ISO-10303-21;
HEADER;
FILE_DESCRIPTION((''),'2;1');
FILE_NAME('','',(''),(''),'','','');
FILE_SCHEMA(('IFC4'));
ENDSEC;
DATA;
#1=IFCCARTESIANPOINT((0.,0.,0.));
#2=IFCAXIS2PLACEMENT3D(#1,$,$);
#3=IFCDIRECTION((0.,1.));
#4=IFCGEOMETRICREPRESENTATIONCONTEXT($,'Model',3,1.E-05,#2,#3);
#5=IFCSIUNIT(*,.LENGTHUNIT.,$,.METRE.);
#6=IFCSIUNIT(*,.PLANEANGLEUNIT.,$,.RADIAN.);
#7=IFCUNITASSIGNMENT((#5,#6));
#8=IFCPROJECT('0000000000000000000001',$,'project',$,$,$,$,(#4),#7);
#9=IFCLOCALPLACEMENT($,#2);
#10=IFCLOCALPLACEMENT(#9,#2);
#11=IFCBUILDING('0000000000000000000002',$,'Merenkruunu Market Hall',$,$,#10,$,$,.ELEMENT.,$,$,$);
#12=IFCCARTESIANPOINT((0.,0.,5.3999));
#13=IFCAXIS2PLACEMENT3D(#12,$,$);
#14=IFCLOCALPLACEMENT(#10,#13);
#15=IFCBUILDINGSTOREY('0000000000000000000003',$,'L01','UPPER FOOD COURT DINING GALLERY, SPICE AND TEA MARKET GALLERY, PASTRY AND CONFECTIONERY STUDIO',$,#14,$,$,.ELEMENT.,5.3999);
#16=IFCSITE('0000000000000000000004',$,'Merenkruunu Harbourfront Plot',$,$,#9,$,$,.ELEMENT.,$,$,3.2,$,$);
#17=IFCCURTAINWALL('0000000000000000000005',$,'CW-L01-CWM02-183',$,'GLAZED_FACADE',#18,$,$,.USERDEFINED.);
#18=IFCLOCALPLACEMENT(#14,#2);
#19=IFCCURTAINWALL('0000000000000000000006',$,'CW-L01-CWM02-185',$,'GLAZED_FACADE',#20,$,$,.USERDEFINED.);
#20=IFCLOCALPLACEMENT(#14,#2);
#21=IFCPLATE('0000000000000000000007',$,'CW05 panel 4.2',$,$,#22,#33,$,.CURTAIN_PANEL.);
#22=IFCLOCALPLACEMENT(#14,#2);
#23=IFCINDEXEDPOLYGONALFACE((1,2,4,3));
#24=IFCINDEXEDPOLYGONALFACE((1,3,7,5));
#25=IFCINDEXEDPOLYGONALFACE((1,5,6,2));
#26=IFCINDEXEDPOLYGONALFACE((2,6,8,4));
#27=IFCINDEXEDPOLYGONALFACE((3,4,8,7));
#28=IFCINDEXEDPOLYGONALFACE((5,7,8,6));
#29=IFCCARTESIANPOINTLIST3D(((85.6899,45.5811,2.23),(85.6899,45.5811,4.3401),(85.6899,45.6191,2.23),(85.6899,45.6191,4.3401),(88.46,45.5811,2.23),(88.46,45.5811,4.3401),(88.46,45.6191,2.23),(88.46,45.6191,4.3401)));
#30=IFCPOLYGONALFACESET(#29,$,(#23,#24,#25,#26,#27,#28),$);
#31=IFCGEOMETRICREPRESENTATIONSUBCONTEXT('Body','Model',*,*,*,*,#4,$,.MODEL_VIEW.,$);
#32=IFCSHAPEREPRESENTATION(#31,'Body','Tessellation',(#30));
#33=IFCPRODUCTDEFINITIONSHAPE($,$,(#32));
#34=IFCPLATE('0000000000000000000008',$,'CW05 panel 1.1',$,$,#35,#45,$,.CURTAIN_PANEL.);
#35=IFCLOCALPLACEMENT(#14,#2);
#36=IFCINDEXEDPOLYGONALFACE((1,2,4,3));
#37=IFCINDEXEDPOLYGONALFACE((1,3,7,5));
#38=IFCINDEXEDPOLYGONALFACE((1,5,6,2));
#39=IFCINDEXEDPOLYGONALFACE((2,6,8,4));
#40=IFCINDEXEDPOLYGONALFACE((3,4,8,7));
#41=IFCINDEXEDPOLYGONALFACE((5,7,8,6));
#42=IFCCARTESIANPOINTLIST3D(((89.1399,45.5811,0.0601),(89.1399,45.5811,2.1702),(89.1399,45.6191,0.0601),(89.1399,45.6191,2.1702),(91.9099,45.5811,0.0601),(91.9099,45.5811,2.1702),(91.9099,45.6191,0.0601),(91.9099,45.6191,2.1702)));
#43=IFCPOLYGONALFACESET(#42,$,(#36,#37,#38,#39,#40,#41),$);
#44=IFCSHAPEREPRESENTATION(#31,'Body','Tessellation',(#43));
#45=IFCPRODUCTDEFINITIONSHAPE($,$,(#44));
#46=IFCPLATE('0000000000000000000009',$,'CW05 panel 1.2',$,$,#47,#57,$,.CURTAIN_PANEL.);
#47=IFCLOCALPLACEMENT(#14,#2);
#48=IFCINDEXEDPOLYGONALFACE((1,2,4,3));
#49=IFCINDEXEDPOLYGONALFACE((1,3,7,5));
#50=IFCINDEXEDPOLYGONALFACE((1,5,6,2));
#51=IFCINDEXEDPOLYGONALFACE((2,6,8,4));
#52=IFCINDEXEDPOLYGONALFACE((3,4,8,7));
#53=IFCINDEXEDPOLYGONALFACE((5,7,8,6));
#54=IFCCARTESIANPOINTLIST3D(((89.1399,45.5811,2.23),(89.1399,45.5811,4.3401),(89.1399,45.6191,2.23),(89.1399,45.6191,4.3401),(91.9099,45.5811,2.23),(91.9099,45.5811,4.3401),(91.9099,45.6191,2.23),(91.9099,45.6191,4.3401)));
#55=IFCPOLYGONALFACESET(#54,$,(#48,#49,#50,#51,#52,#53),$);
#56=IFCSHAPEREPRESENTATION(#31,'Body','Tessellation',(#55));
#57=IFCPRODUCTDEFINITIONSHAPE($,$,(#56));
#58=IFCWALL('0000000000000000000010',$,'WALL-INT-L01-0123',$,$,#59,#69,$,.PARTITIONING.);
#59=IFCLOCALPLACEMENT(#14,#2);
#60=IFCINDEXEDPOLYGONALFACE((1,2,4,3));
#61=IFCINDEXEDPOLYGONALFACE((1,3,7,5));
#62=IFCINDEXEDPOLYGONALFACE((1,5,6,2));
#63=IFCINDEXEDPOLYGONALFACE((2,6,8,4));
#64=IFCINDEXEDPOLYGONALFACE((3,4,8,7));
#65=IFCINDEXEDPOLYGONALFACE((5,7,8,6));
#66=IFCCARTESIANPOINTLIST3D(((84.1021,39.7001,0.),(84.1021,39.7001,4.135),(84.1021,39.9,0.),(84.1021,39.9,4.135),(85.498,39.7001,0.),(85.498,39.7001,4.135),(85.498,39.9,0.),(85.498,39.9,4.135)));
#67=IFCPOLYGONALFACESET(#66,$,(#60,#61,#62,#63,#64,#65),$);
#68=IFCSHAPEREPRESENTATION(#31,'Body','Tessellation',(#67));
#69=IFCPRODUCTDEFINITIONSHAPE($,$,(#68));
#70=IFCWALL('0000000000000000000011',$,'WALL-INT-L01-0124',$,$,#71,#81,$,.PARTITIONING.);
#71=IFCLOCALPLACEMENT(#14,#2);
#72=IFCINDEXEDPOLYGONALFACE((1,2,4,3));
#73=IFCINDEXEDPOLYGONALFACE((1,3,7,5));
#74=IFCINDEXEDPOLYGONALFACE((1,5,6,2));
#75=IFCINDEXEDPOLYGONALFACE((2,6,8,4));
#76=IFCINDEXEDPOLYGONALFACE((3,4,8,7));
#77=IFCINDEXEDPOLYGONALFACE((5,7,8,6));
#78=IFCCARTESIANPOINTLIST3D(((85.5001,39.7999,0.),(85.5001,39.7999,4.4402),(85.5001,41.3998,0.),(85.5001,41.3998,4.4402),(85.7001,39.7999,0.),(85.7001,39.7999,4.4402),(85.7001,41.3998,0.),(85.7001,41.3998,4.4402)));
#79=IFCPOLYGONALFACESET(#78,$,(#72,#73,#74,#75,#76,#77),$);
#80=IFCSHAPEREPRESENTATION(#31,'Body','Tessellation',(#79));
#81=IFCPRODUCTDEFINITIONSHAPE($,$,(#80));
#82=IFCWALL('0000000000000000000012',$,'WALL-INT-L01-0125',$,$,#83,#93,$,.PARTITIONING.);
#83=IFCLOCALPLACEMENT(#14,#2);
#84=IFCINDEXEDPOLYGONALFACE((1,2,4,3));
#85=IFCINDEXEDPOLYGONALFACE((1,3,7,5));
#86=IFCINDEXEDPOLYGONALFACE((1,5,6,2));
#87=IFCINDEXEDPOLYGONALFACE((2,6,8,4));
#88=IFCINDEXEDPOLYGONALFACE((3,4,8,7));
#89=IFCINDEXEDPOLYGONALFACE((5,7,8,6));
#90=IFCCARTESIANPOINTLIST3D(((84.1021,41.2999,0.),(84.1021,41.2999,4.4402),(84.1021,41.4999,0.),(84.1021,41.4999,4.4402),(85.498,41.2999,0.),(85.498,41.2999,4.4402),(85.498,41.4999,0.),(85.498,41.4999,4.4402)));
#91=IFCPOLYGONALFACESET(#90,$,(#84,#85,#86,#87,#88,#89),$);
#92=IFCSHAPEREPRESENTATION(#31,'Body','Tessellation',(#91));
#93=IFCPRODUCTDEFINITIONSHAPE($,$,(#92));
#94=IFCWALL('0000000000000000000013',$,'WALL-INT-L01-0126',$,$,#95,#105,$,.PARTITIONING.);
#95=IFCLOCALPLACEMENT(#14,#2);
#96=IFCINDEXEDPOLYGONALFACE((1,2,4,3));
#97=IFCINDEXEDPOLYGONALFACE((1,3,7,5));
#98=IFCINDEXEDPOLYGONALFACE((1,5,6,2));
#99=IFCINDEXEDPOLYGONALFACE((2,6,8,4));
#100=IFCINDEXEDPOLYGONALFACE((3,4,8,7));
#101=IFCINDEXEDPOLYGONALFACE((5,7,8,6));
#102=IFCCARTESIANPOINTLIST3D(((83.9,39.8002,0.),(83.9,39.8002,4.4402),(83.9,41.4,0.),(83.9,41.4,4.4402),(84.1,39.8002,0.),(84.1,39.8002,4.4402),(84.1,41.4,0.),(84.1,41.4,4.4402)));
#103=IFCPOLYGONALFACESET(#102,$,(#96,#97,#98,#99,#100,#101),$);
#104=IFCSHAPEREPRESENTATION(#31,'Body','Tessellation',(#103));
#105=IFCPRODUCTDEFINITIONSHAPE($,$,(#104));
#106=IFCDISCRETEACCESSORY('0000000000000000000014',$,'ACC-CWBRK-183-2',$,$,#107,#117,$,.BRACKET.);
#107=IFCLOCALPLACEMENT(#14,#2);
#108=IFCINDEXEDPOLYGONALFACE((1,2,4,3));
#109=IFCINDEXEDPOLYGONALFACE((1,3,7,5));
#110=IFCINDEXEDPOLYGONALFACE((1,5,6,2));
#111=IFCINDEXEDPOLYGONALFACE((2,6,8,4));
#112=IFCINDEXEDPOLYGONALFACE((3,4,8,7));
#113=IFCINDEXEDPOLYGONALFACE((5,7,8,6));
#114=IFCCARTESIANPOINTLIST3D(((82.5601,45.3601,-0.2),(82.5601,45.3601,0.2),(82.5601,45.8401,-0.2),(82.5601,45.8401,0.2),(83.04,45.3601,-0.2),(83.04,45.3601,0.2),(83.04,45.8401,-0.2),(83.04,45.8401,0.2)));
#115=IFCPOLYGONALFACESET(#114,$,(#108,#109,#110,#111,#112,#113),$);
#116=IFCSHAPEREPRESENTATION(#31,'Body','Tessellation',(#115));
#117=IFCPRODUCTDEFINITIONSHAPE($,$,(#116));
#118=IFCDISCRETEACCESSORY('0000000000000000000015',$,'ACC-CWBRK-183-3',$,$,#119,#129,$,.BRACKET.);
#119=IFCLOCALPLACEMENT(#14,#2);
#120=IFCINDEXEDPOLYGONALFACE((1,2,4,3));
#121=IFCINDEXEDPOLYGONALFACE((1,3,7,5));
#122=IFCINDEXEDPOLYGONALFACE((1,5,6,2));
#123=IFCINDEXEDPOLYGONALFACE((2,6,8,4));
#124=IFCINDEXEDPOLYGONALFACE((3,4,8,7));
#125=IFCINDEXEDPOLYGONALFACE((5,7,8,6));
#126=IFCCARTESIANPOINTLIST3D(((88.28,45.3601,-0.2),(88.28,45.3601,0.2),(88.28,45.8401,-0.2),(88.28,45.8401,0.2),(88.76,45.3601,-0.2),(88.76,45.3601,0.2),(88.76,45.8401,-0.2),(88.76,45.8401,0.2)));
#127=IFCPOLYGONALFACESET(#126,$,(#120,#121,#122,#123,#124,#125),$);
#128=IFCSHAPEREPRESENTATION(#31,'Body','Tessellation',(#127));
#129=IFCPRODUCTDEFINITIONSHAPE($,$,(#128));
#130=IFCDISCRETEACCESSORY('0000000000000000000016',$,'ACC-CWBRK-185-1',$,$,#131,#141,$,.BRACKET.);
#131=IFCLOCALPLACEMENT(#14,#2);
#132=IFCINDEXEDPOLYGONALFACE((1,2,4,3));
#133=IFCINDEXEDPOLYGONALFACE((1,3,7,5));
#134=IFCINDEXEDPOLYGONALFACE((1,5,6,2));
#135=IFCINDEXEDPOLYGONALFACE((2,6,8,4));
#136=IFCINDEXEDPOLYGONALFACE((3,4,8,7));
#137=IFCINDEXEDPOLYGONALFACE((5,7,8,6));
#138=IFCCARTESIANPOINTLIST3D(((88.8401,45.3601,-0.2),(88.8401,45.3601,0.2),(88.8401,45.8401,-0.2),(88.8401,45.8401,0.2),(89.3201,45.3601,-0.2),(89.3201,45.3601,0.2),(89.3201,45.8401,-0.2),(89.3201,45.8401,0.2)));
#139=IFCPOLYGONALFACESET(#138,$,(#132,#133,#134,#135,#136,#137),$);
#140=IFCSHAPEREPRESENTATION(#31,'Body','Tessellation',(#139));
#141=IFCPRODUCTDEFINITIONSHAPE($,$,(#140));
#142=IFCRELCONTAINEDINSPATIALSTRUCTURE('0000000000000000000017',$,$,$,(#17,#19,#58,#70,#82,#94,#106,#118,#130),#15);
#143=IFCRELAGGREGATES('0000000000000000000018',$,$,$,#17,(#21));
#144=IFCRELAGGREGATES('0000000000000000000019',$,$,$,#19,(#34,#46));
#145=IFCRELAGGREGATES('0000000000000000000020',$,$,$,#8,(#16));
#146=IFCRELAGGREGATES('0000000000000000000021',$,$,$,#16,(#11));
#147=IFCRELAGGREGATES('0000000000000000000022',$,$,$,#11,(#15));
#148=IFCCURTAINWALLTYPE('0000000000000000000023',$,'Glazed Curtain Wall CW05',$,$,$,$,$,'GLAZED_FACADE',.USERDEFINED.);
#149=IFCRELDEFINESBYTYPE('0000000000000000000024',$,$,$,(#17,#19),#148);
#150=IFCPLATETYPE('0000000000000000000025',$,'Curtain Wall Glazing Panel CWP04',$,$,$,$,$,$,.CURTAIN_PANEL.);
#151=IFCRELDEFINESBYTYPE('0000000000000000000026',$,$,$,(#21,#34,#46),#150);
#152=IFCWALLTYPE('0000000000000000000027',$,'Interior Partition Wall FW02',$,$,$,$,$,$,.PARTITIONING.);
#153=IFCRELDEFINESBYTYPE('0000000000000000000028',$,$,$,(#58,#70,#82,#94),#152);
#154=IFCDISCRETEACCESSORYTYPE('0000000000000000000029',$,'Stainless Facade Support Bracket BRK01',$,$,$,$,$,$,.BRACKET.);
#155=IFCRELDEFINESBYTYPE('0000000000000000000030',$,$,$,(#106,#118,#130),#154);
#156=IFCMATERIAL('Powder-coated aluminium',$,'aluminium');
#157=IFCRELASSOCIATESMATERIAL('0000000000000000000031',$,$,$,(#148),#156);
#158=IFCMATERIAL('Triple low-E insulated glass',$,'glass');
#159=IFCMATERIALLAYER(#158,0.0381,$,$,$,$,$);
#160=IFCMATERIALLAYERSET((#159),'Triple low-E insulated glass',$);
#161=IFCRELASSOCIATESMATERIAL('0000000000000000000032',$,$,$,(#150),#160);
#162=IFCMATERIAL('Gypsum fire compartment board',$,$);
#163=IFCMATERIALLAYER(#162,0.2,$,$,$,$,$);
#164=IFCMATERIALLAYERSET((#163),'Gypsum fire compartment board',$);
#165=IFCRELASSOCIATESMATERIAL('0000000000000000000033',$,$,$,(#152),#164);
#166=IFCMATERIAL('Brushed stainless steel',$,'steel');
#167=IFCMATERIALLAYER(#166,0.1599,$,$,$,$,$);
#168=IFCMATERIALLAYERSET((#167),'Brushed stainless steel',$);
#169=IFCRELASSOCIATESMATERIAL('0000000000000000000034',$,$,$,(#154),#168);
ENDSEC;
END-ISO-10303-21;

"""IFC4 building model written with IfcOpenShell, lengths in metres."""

from ifc_helpers import new_model, si_unit, direction, frame, frame_2d, origin, origin_2d, place, context, subcontext, project, spatial, rectangle, extrude, material, layer, layer_set, type_object, element, aggregate, save


model = new_model("IFC4")

# Units and contexts
model_context = context("Model", 3, precision=1e-05, world=origin(), true_north=direction((0.0, 1.0)))
body_context = subcontext(model_context, "Body", "Model", "MODEL_VIEW")
ifc_project = project(units=[si_unit("LENGTHUNIT", "METRE"), si_unit("PLANEANGLEUNIT", "RADIAN")], contexts=[model_context])

# Site, building, storey
site_placement = place(None, origin())
site = spatial("IfcSite", under=ifc_project, at=site_placement, Name="Merenkruunu Harbourfront Plot", CompositionType="ELEMENT", RefElevation=3.2)
building_placement = place(site_placement, origin())
building = spatial("IfcBuilding", under=site, at=building_placement, Name="Merenkruunu Market Hall", CompositionType="ELEMENT")
storey_placement = place(building_placement, frame((0.0, 0.0, 5.3999)))
storey = spatial("IfcBuildingStorey", under=building, at=storey_placement, Name="L01", Description="UPPER FOOD COURT DINING GALLERY, SPICE AND TEA MARKET GALLERY, PASTRY AND CONFECTIONERY STUDIO", CompositionType="ELEMENT", Elevation=5.3999)

# Curtain wall
ifc_material_1 = material(Name="Powder-coated aluminium", Category="aluminium")
curtain_wall_type = type_object("IfcCurtainWallType", Name="Glazed Curtain Wall CW05", ElementType="GLAZED_FACADE", PredefinedType="USERDEFINED", material=ifc_material_1)
curtain_wall_1_placement = place(storey_placement, origin())
curtain_wall_1 = element("IfcCurtainWall", 1, at=curtain_wall_1_placement, inside=storey, type_object=curtain_wall_type, Name="CW-L01-CWM02-183", ObjectType="GLAZED_FACADE", PredefinedType="USERDEFINED")

# Curtain wall
curtain_wall_2_placement = place(storey_placement, origin())
curtain_wall_2 = element("IfcCurtainWall", 2, at=curtain_wall_2_placement, inside=storey, type_object=curtain_wall_type, Name="CW-L01-CWM02-185", ObjectType="GLAZED_FACADE", PredefinedType="USERDEFINED")

# Plates
ifc_material_2 = material(Name="Triple low-E insulated glass", Category="glass")
ifc_layer_1 = layer(ifc_material_2, 0.0381)
ifc_layer_set_1 = layer_set([ifc_layer_1], Name="Triple low-E insulated glass")
plate_type = type_object("IfcPlateType", Name="Curtain Wall Glazing Panel CWP04", PredefinedType="CURTAIN_PANEL", material=ifc_layer_set_1)
plate_1_placement = place(storey_placement, frame((87.075, 45.6001, 2.23), z_axis=(0.0, 0.0, 1.0), x_axis=(1.0, 0.0, 0.0)))
plate_1 = element("IfcPlate", 3, at=plate_1_placement, type_object=plate_type, Name="CW05 panel 4.2", PredefinedType="CURTAIN_PANEL", context=body_context, shape_type="SweptSolid", body=[
    extrude(rectangle(XDim=2.77, YDim=0.0381, at=origin_2d()), origin(), (0.0, 0.0, 1.0), 2.1101),
])
aggregate(curtain_wall_1, [plate_1])
plate_2_placement = place(storey_placement, frame((90.5249, 45.6001, 0.0601), z_axis=(0.0, 0.0, 1.0), x_axis=(1.0, 0.0, 0.0)))
plate_2 = element("IfcPlate", 4, at=plate_2_placement, type_object=plate_type, Name="CW05 panel 1.1", PredefinedType="CURTAIN_PANEL", context=body_context, shape_type="SweptSolid", body=[
    extrude(rectangle(XDim=2.77, YDim=0.0381, at=origin_2d()), origin(), (0.0, 0.0, 1.0), 2.1101),
])
plate_3_placement = place(storey_placement, frame((90.5249, 45.6001, 2.23), z_axis=(0.0, 0.0, 1.0), x_axis=(1.0, 0.0, 0.0)))
plate_3 = element("IfcPlate", 5, at=plate_3_placement, type_object=plate_type, Name="CW05 panel 1.2", PredefinedType="CURTAIN_PANEL", context=body_context, shape_type="SweptSolid", body=[
    extrude(rectangle(XDim=2.77, YDim=0.0381, at=origin_2d()), origin(), (0.0, 0.0, 1.0), 2.1101),
])
aggregate(curtain_wall_2, [plate_2, plate_3])

# Walls
ifc_material_3 = material(Name="Gypsum fire compartment board")
ifc_layer_2 = layer(ifc_material_3, 0.2)
ifc_layer_set_2 = layer_set([ifc_layer_2], Name="Gypsum fire compartment board")
wall_type = type_object("IfcWallType", Name="Interior Partition Wall FW02", PredefinedType="PARTITIONING", material=ifc_layer_set_2)
wall_1_placement = place(storey_placement, frame((84.1021, 39.8, 0.0), z_axis=(0.0, 0.0, 1.0), x_axis=(1.0, 0.0, 0.0)))
element("IfcWall", 6, at=wall_1_placement, inside=storey, type_object=wall_type, Name="WALL-INT-L01-0123", PredefinedType="PARTITIONING", context=body_context, shape_type="SweptSolid", body=[
    extrude(rectangle(XDim=1.396, YDim=0.2, at=frame_2d((0.698, 0.0))), origin(), (0.0, 0.0, 1.0), 4.135),
])
wall_2_placement = place(storey_placement, frame((85.6001, 39.8, 0.0), z_axis=(0.0, 0.0, 1.0), x_axis=(0.0, 1.0, 0.0)))
element("IfcWall", 7, at=wall_2_placement, inside=storey, type_object=wall_type, Name="WALL-INT-L01-0124", PredefinedType="PARTITIONING", context=body_context, shape_type="SweptSolid", body=[
    extrude(rectangle(XDim=1.5999, YDim=0.2, at=frame_2d((0.7998, 0.0))), origin(), (0.0, 0.0, 1.0), 4.4402),
])
wall_3_placement = place(storey_placement, frame((85.498, 41.3999, 0.0), z_axis=(0.0, 0.0, 1.0), x_axis=(-1.0, 0.0, 0.0)))
element("IfcWall", 8, at=wall_3_placement, inside=storey, type_object=wall_type, Name="WALL-INT-L01-0125", PredefinedType="PARTITIONING", context=body_context, shape_type="SweptSolid", body=[
    extrude(rectangle(XDim=1.396, YDim=0.2, at=frame_2d((0.698, 0.0))), origin(), (0.0, 0.0, 1.0), 4.4402),
])
wall_4_placement = place(storey_placement, frame((84.0, 41.3999, 0.0), z_axis=(0.0, 0.0, 1.0), x_axis=(0.0, -1.0, 0.0)))
element("IfcWall", 9, at=wall_4_placement, inside=storey, type_object=wall_type, Name="WALL-INT-L01-0126", PredefinedType="PARTITIONING", context=body_context, shape_type="SweptSolid", body=[
    extrude(rectangle(XDim=1.5999, YDim=0.2, at=frame_2d((0.7998, 0.0))), origin(), (0.0, 0.0, 1.0), 4.4402),
])

# Discrete accessories
ifc_material_4 = material(Name="Brushed stainless steel", Category="steel")
ifc_layer_3 = layer(ifc_material_4, 0.1599)
ifc_layer_set_3 = layer_set([ifc_layer_3], Name="Brushed stainless steel")
discrete_accessory_type = type_object("IfcDiscreteAccessoryType", Name="Stainless Facade Support Bracket BRK01", PredefinedType="BRACKET", material=ifc_layer_set_3)
for number, where, z_axis, x_axis, name in (
    (10, (82.8, 45.6001, -0.2), (0.0, 0.0, 1.0), (1.0, 0.0, 0.0), "ACC-CWBRK-183-2"),
    (11, (88.52, 45.6001, -0.2), (0.0, 0.0, 1.0), (1.0, 0.0, 0.0), "ACC-CWBRK-183-3"),
    (12, (89.0801, 45.6001, -0.2), (0.0, 0.0, 1.0), (1.0, 0.0, 0.0), "ACC-CWBRK-185-1"),
):
    element("IfcDiscreteAccessory", number, at=place(storey_placement, frame(where, z_axis=z_axis, x_axis=x_axis)), inside=storey, type_object=discrete_accessory_type, Name=name, PredefinedType="BRACKET", context=body_context, shape_type="SweptSolid", body=[
        extrude(rectangle(XDim=0.48, YDim=0.48, at=origin_2d()), origin(), (0.0, 0.0, 1.0), 0.3999),
    ])

save(model, "model.ifc")
